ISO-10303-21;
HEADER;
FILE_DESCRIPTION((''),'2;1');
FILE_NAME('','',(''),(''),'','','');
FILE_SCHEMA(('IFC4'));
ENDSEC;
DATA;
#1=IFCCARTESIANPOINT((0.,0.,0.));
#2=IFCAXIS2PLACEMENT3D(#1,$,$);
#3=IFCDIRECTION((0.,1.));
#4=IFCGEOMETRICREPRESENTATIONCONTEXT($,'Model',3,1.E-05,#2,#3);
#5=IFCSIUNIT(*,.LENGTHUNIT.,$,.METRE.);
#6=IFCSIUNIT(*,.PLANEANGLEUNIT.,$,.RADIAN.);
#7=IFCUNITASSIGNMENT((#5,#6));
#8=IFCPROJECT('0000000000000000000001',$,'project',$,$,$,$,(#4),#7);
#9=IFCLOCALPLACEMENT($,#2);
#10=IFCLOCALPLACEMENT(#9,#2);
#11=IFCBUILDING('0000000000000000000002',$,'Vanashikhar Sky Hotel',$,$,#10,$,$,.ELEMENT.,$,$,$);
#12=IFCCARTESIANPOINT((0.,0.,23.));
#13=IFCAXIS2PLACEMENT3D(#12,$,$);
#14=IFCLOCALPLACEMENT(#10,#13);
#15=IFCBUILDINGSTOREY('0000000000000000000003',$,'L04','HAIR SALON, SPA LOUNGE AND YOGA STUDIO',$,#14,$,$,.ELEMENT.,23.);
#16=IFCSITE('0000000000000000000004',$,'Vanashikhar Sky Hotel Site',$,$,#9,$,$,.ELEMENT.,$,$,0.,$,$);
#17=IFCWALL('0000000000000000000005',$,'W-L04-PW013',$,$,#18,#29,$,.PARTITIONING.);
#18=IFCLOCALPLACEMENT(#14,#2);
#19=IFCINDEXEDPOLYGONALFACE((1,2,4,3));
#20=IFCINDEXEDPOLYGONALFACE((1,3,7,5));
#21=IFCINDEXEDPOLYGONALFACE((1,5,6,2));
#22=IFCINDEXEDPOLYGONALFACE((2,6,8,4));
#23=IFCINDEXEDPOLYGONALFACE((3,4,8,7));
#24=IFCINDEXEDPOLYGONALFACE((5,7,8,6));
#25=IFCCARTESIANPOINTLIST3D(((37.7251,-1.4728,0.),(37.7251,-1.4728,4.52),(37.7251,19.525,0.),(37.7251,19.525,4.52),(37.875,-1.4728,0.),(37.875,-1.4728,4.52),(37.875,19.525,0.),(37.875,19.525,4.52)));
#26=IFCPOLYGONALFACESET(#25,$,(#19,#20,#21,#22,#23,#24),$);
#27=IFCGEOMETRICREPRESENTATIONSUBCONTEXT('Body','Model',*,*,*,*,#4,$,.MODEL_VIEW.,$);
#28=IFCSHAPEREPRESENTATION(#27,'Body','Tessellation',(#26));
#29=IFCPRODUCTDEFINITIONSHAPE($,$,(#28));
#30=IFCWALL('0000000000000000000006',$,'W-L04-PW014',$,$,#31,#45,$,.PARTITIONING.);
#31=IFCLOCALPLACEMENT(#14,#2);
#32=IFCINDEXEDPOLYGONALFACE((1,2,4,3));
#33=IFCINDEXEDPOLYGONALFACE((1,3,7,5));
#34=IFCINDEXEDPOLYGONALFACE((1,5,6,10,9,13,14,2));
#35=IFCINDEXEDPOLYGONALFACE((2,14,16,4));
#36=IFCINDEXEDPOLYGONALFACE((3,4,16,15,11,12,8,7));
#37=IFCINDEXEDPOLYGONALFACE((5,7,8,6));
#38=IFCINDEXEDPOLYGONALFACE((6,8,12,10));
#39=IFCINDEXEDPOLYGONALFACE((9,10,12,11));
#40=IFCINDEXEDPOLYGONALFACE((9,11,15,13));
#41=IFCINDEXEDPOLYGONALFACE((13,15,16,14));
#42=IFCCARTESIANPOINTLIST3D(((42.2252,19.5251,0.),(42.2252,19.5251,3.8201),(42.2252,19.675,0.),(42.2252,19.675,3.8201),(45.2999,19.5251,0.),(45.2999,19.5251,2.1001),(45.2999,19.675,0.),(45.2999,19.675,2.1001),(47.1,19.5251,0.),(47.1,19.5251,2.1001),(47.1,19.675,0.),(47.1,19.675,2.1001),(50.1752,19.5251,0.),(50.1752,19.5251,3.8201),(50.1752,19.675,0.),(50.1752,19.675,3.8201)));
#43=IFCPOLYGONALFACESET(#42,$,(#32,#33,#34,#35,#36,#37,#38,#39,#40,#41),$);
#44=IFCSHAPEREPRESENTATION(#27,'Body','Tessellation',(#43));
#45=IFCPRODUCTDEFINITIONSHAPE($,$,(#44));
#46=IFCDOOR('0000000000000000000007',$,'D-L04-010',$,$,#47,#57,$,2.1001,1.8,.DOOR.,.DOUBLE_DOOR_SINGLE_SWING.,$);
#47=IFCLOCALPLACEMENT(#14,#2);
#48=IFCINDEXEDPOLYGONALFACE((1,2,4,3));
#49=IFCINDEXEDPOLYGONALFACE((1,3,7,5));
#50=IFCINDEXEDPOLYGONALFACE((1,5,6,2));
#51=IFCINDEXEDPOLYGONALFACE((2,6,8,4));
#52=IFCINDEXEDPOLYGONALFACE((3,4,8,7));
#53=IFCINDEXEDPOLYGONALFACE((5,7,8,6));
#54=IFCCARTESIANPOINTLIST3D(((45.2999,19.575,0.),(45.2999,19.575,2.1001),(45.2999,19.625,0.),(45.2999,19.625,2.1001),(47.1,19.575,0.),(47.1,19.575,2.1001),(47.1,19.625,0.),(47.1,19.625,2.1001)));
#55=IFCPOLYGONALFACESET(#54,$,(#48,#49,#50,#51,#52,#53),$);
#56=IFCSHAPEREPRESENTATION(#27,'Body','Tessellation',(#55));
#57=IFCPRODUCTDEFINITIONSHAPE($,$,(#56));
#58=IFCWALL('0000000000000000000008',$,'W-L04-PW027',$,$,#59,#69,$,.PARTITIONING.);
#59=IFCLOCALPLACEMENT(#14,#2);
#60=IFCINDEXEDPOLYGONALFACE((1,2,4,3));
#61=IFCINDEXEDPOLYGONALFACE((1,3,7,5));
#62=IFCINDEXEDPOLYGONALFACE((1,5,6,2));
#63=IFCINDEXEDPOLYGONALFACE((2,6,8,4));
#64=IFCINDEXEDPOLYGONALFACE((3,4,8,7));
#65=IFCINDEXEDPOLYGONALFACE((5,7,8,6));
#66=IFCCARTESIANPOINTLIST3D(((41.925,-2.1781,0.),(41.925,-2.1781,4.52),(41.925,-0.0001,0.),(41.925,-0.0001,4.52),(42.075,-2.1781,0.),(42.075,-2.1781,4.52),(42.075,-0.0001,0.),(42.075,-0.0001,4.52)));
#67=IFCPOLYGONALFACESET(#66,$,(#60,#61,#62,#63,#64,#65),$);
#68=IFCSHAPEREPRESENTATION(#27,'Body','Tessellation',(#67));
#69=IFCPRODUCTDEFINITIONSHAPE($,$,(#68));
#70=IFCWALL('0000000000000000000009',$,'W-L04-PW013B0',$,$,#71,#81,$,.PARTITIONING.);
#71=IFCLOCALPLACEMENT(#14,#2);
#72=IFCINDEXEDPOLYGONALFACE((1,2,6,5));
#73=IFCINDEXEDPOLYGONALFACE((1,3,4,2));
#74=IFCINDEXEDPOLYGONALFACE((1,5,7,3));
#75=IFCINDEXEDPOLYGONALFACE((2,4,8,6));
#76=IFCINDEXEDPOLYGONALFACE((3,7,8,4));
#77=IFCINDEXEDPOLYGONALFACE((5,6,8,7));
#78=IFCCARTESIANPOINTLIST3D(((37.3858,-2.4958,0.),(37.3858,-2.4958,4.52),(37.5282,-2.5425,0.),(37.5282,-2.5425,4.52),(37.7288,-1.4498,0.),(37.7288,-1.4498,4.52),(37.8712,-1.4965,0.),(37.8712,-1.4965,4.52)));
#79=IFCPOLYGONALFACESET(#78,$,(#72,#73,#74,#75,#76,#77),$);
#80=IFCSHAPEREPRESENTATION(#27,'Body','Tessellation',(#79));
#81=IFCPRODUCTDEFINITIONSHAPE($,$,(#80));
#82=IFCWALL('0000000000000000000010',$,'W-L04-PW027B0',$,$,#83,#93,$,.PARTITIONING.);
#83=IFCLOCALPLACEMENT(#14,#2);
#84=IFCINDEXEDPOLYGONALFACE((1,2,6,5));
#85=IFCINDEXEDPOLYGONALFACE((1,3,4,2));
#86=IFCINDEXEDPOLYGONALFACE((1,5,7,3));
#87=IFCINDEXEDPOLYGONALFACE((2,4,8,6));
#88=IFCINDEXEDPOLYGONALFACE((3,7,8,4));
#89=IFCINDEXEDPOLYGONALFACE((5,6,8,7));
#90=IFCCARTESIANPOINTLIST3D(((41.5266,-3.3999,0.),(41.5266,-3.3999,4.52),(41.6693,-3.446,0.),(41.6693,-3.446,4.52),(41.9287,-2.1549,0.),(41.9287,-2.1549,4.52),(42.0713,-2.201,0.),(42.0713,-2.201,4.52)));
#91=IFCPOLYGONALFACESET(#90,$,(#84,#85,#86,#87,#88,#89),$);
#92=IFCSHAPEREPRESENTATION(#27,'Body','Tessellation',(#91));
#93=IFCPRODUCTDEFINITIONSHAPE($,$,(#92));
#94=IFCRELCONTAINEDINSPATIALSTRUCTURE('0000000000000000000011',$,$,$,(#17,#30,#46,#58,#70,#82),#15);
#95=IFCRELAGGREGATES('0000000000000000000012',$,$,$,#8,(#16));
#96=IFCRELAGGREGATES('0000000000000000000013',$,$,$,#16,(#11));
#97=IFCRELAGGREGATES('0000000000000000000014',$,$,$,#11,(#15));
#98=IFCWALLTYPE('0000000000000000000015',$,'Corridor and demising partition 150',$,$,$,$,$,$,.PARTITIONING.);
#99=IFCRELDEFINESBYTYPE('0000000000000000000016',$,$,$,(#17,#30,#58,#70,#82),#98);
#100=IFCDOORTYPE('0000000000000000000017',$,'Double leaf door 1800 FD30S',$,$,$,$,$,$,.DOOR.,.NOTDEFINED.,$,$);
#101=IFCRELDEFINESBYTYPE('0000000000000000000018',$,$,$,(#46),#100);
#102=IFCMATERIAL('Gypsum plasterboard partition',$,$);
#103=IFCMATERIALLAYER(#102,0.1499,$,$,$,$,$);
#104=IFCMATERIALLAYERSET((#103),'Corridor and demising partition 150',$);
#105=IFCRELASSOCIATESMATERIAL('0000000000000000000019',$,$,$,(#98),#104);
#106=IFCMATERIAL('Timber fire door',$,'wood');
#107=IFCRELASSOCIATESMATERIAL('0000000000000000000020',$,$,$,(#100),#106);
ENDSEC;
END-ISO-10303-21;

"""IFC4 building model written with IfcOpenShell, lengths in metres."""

from ifc_helpers import new_model, si_unit, direction, frame, frame_2d, origin, place, context, subcontext, project, spatial, rectangle, extrude, source, transform, mapped, material, layer, layer_set, type_object, element, fill, save


model = new_model("IFC4")

# Units and contexts
model_context = context("Model", 3, precision=1e-05, world=origin(), true_north=direction((0.0, 1.0)))
body_context = subcontext(model_context, "Body", "Model", "MODEL_VIEW")
ifc_project = project(units=[si_unit("LENGTHUNIT", "METRE"), si_unit("PLANEANGLEUNIT", "RADIAN")], contexts=[model_context])

# Site, building, storey
site_placement = place(None, origin())
site = spatial("IfcSite", under=ifc_project, at=site_placement, Name="Vanashikhar Sky Hotel Site", CompositionType="ELEMENT", RefElevation=0.0)
building_placement = place(site_placement, origin())
building = spatial("IfcBuilding", under=site, at=building_placement, Name="Vanashikhar Sky Hotel", CompositionType="ELEMENT")
storey_placement = place(building_placement, frame((0.0, 0.0, 23.0)))
storey = spatial("IfcBuildingStorey", under=building, at=storey_placement, Name="L04", Description="HAIR SALON, SPA LOUNGE AND YOGA STUDIO", CompositionType="ELEMENT", Elevation=23.0)

# Shared definitions
ifc_material_1 = material(Name="Gypsum plasterboard partition")
ifc_layer_1 = layer(ifc_material_1, 0.1499)
ifc_layer_set_1 = layer_set([ifc_layer_1], Name="Corridor and demising partition 150")
wall_type_1 = type_object("IfcWallType", Name="Corridor and demising partition 150", PredefinedType="PARTITIONING", material=ifc_layer_set_1)
ifc_material_2 = material(Name="Timber fire door", Category="wood")

# Wall
shared_shape_1 = source(origin(), body_context, "Body", "SweptSolid", [
    extrude(rectangle(XDim=20.9978, YDim=0.1499, at=frame_2d((10.499, 0.0))), origin(), (0.0, 0.0, 1.0), 4.52),
])
wall_1_placement = place(storey_placement, frame((37.8, -1.4729, 0.0), z_axis=(0.0, 0.0, 1.0), x_axis=(0.0, 1.0, 0.0)))
element("IfcWall", 1, at=wall_1_placement, inside=storey, type_object=wall_type_1, Name="W-L04-PW013", PredefinedType="PARTITIONING", context=body_context, shape_type="MappedRepresentation", body=[
    mapped(shared_shape_1, transform((0.0, 0.0, 0.0), scale=1.0)),
])

# Wall, opening, door
shared_shape_2 = source(origin(), body_context, "Body", "SweptSolid", [
    extrude(rectangle(XDim=7.95, YDim=0.1499, at=frame_2d((3.9751, 0.0))), origin(), (0.0, 0.0, 1.0), 3.8201),
])
wall_2_placement = place(storey_placement, frame((42.2251, 19.6001, 0.0), z_axis=(0.0, 0.0, 1.0), x_axis=(1.0, 0.0, 0.0)))
wall_2 = element("IfcWall", 2, at=wall_2_placement, inside=storey, type_object=wall_type_1, Name="W-L04-PW014", PredefinedType="PARTITIONING", context=body_context, shape_type="MappedRepresentation", body=[
    mapped(shared_shape_2, transform((0.0, 0.0, 0.0), scale=1.0)),
])
shared_shape_3 = source(origin(), body_context, "Body", "SweptSolid", [
    extrude(rectangle(XDim=1.8, YDim=2.1001, at=frame_2d((0.8999, 1.05))), frame((0.0, 0.085, 0.0), z_axis=(0.0, -1.0, 0.0), x_axis=(1.0, 0.0, 0.0)), (0.0, 0.0, 1.0), 0.1699),
])
opening_1_placement = place(wall_2_placement, frame((3.075, 0.0, 0.0)))
opening_1 = element("IfcOpeningElement", 3, at=opening_1_placement, cuts=wall_2, PredefinedType="OPENING", context=body_context, shape_type="MappedRepresentation", body=[
    mapped(shared_shape_3, transform((0.0, 0.0, 0.0), scale=1.0)),
])
door_type_1 = type_object("IfcDoorType", Name="Double leaf door 1800 FD30S", OperationType="NOTDEFINED", PredefinedType="DOOR", material=ifc_material_2)
shared_shape_4 = source(origin(), body_context, "Body", "SweptSolid", [
    extrude(rectangle(XDim=1.8, YDim=2.1001, at=frame_2d((0.8999, 1.05))), frame((0.0, 0.0249, 0.0), z_axis=(0.0, -1.0, 0.0), x_axis=(1.0, 0.0, 0.0)), (0.0, 0.0, 1.0), 0.05),
])
door_1_placement = place(opening_1_placement, origin())
door_1 = element("IfcDoor", 4, at=door_1_placement, inside=storey, type_object=door_type_1, Name="D-L04-010", OperationType="DOUBLE_DOOR_SINGLE_SWING", OverallHeight=2.1001, OverallWidth=1.8, PredefinedType="DOOR", context=body_context, shape_type="MappedRepresentation", body=[
    mapped(shared_shape_4, transform((0.0, 0.0, 0.0), scale=1.0)),
])
fill(opening_1, door_1)

# Walls
shared_shape_5 = source(origin(), body_context, "Body", "SweptSolid", [
    extrude(rectangle(XDim=2.178, YDim=0.1499, at=frame_2d((1.0889, 0.0))), origin(), (0.0, 0.0, 1.0), 4.52),
])
wall_3_placement = place(storey_placement, frame((42.0, -2.178, 0.0), z_axis=(0.0, 0.0, 1.0), x_axis=(0.0, 1.0, 0.0)))
element("IfcWall", 5, at=wall_3_placement, inside=storey, type_object=wall_type_1, Name="W-L04-PW027", PredefinedType="PARTITIONING", context=body_context, shape_type="MappedRepresentation", body=[
    mapped(shared_shape_5, transform((0.0, 0.0, 0.0), scale=1.0)),
])
shared_shape_6 = source(origin(), body_context, "Body", "SweptSolid", [
    extrude(rectangle(XDim=1.1008, YDim=0.1499, at=frame_2d((0.5503, 0.0))), origin(), (0.0, 0.0, 1.0), 4.52),
])
wall_4_placement = place(storey_placement, frame((37.457, -2.519, 0.0), z_axis=(0.0, 0.0, 1.0), x_axis=(0.311567, 0.950224, 0.0)))
element("IfcWall", 6, at=wall_4_placement, inside=storey, type_object=wall_type_1, Name="W-L04-PW013B0", PredefinedType="PARTITIONING", context=body_context, shape_type="MappedRepresentation", body=[
    mapped(shared_shape_6, transform((0.0, 0.0, 0.0), scale=1.0)),
])
shared_shape_7 = source(origin(), body_context, "Body", "SweptSolid", [
    extrude(rectangle(XDim=1.3083, YDim=0.1499, at=frame_2d((0.6543, 0.0))), origin(), (0.0, 0.0, 1.0), 4.52),
])
wall_5_placement = place(storey_placement, frame((41.5979, -3.4231, 0.0), z_axis=(0.0, 0.0, 1.0), x_axis=(0.307314, 0.951608, 0.0)))
element("IfcWall", 7, at=wall_5_placement, inside=storey, type_object=wall_type_1, Name="W-L04-PW027B0", PredefinedType="PARTITIONING", context=body_context, shape_type="MappedRepresentation", body=[
    mapped(shared_shape_7, transform((0.0, 0.0, 0.0), scale=1.0)),
])

save(model, "model.ifc")
